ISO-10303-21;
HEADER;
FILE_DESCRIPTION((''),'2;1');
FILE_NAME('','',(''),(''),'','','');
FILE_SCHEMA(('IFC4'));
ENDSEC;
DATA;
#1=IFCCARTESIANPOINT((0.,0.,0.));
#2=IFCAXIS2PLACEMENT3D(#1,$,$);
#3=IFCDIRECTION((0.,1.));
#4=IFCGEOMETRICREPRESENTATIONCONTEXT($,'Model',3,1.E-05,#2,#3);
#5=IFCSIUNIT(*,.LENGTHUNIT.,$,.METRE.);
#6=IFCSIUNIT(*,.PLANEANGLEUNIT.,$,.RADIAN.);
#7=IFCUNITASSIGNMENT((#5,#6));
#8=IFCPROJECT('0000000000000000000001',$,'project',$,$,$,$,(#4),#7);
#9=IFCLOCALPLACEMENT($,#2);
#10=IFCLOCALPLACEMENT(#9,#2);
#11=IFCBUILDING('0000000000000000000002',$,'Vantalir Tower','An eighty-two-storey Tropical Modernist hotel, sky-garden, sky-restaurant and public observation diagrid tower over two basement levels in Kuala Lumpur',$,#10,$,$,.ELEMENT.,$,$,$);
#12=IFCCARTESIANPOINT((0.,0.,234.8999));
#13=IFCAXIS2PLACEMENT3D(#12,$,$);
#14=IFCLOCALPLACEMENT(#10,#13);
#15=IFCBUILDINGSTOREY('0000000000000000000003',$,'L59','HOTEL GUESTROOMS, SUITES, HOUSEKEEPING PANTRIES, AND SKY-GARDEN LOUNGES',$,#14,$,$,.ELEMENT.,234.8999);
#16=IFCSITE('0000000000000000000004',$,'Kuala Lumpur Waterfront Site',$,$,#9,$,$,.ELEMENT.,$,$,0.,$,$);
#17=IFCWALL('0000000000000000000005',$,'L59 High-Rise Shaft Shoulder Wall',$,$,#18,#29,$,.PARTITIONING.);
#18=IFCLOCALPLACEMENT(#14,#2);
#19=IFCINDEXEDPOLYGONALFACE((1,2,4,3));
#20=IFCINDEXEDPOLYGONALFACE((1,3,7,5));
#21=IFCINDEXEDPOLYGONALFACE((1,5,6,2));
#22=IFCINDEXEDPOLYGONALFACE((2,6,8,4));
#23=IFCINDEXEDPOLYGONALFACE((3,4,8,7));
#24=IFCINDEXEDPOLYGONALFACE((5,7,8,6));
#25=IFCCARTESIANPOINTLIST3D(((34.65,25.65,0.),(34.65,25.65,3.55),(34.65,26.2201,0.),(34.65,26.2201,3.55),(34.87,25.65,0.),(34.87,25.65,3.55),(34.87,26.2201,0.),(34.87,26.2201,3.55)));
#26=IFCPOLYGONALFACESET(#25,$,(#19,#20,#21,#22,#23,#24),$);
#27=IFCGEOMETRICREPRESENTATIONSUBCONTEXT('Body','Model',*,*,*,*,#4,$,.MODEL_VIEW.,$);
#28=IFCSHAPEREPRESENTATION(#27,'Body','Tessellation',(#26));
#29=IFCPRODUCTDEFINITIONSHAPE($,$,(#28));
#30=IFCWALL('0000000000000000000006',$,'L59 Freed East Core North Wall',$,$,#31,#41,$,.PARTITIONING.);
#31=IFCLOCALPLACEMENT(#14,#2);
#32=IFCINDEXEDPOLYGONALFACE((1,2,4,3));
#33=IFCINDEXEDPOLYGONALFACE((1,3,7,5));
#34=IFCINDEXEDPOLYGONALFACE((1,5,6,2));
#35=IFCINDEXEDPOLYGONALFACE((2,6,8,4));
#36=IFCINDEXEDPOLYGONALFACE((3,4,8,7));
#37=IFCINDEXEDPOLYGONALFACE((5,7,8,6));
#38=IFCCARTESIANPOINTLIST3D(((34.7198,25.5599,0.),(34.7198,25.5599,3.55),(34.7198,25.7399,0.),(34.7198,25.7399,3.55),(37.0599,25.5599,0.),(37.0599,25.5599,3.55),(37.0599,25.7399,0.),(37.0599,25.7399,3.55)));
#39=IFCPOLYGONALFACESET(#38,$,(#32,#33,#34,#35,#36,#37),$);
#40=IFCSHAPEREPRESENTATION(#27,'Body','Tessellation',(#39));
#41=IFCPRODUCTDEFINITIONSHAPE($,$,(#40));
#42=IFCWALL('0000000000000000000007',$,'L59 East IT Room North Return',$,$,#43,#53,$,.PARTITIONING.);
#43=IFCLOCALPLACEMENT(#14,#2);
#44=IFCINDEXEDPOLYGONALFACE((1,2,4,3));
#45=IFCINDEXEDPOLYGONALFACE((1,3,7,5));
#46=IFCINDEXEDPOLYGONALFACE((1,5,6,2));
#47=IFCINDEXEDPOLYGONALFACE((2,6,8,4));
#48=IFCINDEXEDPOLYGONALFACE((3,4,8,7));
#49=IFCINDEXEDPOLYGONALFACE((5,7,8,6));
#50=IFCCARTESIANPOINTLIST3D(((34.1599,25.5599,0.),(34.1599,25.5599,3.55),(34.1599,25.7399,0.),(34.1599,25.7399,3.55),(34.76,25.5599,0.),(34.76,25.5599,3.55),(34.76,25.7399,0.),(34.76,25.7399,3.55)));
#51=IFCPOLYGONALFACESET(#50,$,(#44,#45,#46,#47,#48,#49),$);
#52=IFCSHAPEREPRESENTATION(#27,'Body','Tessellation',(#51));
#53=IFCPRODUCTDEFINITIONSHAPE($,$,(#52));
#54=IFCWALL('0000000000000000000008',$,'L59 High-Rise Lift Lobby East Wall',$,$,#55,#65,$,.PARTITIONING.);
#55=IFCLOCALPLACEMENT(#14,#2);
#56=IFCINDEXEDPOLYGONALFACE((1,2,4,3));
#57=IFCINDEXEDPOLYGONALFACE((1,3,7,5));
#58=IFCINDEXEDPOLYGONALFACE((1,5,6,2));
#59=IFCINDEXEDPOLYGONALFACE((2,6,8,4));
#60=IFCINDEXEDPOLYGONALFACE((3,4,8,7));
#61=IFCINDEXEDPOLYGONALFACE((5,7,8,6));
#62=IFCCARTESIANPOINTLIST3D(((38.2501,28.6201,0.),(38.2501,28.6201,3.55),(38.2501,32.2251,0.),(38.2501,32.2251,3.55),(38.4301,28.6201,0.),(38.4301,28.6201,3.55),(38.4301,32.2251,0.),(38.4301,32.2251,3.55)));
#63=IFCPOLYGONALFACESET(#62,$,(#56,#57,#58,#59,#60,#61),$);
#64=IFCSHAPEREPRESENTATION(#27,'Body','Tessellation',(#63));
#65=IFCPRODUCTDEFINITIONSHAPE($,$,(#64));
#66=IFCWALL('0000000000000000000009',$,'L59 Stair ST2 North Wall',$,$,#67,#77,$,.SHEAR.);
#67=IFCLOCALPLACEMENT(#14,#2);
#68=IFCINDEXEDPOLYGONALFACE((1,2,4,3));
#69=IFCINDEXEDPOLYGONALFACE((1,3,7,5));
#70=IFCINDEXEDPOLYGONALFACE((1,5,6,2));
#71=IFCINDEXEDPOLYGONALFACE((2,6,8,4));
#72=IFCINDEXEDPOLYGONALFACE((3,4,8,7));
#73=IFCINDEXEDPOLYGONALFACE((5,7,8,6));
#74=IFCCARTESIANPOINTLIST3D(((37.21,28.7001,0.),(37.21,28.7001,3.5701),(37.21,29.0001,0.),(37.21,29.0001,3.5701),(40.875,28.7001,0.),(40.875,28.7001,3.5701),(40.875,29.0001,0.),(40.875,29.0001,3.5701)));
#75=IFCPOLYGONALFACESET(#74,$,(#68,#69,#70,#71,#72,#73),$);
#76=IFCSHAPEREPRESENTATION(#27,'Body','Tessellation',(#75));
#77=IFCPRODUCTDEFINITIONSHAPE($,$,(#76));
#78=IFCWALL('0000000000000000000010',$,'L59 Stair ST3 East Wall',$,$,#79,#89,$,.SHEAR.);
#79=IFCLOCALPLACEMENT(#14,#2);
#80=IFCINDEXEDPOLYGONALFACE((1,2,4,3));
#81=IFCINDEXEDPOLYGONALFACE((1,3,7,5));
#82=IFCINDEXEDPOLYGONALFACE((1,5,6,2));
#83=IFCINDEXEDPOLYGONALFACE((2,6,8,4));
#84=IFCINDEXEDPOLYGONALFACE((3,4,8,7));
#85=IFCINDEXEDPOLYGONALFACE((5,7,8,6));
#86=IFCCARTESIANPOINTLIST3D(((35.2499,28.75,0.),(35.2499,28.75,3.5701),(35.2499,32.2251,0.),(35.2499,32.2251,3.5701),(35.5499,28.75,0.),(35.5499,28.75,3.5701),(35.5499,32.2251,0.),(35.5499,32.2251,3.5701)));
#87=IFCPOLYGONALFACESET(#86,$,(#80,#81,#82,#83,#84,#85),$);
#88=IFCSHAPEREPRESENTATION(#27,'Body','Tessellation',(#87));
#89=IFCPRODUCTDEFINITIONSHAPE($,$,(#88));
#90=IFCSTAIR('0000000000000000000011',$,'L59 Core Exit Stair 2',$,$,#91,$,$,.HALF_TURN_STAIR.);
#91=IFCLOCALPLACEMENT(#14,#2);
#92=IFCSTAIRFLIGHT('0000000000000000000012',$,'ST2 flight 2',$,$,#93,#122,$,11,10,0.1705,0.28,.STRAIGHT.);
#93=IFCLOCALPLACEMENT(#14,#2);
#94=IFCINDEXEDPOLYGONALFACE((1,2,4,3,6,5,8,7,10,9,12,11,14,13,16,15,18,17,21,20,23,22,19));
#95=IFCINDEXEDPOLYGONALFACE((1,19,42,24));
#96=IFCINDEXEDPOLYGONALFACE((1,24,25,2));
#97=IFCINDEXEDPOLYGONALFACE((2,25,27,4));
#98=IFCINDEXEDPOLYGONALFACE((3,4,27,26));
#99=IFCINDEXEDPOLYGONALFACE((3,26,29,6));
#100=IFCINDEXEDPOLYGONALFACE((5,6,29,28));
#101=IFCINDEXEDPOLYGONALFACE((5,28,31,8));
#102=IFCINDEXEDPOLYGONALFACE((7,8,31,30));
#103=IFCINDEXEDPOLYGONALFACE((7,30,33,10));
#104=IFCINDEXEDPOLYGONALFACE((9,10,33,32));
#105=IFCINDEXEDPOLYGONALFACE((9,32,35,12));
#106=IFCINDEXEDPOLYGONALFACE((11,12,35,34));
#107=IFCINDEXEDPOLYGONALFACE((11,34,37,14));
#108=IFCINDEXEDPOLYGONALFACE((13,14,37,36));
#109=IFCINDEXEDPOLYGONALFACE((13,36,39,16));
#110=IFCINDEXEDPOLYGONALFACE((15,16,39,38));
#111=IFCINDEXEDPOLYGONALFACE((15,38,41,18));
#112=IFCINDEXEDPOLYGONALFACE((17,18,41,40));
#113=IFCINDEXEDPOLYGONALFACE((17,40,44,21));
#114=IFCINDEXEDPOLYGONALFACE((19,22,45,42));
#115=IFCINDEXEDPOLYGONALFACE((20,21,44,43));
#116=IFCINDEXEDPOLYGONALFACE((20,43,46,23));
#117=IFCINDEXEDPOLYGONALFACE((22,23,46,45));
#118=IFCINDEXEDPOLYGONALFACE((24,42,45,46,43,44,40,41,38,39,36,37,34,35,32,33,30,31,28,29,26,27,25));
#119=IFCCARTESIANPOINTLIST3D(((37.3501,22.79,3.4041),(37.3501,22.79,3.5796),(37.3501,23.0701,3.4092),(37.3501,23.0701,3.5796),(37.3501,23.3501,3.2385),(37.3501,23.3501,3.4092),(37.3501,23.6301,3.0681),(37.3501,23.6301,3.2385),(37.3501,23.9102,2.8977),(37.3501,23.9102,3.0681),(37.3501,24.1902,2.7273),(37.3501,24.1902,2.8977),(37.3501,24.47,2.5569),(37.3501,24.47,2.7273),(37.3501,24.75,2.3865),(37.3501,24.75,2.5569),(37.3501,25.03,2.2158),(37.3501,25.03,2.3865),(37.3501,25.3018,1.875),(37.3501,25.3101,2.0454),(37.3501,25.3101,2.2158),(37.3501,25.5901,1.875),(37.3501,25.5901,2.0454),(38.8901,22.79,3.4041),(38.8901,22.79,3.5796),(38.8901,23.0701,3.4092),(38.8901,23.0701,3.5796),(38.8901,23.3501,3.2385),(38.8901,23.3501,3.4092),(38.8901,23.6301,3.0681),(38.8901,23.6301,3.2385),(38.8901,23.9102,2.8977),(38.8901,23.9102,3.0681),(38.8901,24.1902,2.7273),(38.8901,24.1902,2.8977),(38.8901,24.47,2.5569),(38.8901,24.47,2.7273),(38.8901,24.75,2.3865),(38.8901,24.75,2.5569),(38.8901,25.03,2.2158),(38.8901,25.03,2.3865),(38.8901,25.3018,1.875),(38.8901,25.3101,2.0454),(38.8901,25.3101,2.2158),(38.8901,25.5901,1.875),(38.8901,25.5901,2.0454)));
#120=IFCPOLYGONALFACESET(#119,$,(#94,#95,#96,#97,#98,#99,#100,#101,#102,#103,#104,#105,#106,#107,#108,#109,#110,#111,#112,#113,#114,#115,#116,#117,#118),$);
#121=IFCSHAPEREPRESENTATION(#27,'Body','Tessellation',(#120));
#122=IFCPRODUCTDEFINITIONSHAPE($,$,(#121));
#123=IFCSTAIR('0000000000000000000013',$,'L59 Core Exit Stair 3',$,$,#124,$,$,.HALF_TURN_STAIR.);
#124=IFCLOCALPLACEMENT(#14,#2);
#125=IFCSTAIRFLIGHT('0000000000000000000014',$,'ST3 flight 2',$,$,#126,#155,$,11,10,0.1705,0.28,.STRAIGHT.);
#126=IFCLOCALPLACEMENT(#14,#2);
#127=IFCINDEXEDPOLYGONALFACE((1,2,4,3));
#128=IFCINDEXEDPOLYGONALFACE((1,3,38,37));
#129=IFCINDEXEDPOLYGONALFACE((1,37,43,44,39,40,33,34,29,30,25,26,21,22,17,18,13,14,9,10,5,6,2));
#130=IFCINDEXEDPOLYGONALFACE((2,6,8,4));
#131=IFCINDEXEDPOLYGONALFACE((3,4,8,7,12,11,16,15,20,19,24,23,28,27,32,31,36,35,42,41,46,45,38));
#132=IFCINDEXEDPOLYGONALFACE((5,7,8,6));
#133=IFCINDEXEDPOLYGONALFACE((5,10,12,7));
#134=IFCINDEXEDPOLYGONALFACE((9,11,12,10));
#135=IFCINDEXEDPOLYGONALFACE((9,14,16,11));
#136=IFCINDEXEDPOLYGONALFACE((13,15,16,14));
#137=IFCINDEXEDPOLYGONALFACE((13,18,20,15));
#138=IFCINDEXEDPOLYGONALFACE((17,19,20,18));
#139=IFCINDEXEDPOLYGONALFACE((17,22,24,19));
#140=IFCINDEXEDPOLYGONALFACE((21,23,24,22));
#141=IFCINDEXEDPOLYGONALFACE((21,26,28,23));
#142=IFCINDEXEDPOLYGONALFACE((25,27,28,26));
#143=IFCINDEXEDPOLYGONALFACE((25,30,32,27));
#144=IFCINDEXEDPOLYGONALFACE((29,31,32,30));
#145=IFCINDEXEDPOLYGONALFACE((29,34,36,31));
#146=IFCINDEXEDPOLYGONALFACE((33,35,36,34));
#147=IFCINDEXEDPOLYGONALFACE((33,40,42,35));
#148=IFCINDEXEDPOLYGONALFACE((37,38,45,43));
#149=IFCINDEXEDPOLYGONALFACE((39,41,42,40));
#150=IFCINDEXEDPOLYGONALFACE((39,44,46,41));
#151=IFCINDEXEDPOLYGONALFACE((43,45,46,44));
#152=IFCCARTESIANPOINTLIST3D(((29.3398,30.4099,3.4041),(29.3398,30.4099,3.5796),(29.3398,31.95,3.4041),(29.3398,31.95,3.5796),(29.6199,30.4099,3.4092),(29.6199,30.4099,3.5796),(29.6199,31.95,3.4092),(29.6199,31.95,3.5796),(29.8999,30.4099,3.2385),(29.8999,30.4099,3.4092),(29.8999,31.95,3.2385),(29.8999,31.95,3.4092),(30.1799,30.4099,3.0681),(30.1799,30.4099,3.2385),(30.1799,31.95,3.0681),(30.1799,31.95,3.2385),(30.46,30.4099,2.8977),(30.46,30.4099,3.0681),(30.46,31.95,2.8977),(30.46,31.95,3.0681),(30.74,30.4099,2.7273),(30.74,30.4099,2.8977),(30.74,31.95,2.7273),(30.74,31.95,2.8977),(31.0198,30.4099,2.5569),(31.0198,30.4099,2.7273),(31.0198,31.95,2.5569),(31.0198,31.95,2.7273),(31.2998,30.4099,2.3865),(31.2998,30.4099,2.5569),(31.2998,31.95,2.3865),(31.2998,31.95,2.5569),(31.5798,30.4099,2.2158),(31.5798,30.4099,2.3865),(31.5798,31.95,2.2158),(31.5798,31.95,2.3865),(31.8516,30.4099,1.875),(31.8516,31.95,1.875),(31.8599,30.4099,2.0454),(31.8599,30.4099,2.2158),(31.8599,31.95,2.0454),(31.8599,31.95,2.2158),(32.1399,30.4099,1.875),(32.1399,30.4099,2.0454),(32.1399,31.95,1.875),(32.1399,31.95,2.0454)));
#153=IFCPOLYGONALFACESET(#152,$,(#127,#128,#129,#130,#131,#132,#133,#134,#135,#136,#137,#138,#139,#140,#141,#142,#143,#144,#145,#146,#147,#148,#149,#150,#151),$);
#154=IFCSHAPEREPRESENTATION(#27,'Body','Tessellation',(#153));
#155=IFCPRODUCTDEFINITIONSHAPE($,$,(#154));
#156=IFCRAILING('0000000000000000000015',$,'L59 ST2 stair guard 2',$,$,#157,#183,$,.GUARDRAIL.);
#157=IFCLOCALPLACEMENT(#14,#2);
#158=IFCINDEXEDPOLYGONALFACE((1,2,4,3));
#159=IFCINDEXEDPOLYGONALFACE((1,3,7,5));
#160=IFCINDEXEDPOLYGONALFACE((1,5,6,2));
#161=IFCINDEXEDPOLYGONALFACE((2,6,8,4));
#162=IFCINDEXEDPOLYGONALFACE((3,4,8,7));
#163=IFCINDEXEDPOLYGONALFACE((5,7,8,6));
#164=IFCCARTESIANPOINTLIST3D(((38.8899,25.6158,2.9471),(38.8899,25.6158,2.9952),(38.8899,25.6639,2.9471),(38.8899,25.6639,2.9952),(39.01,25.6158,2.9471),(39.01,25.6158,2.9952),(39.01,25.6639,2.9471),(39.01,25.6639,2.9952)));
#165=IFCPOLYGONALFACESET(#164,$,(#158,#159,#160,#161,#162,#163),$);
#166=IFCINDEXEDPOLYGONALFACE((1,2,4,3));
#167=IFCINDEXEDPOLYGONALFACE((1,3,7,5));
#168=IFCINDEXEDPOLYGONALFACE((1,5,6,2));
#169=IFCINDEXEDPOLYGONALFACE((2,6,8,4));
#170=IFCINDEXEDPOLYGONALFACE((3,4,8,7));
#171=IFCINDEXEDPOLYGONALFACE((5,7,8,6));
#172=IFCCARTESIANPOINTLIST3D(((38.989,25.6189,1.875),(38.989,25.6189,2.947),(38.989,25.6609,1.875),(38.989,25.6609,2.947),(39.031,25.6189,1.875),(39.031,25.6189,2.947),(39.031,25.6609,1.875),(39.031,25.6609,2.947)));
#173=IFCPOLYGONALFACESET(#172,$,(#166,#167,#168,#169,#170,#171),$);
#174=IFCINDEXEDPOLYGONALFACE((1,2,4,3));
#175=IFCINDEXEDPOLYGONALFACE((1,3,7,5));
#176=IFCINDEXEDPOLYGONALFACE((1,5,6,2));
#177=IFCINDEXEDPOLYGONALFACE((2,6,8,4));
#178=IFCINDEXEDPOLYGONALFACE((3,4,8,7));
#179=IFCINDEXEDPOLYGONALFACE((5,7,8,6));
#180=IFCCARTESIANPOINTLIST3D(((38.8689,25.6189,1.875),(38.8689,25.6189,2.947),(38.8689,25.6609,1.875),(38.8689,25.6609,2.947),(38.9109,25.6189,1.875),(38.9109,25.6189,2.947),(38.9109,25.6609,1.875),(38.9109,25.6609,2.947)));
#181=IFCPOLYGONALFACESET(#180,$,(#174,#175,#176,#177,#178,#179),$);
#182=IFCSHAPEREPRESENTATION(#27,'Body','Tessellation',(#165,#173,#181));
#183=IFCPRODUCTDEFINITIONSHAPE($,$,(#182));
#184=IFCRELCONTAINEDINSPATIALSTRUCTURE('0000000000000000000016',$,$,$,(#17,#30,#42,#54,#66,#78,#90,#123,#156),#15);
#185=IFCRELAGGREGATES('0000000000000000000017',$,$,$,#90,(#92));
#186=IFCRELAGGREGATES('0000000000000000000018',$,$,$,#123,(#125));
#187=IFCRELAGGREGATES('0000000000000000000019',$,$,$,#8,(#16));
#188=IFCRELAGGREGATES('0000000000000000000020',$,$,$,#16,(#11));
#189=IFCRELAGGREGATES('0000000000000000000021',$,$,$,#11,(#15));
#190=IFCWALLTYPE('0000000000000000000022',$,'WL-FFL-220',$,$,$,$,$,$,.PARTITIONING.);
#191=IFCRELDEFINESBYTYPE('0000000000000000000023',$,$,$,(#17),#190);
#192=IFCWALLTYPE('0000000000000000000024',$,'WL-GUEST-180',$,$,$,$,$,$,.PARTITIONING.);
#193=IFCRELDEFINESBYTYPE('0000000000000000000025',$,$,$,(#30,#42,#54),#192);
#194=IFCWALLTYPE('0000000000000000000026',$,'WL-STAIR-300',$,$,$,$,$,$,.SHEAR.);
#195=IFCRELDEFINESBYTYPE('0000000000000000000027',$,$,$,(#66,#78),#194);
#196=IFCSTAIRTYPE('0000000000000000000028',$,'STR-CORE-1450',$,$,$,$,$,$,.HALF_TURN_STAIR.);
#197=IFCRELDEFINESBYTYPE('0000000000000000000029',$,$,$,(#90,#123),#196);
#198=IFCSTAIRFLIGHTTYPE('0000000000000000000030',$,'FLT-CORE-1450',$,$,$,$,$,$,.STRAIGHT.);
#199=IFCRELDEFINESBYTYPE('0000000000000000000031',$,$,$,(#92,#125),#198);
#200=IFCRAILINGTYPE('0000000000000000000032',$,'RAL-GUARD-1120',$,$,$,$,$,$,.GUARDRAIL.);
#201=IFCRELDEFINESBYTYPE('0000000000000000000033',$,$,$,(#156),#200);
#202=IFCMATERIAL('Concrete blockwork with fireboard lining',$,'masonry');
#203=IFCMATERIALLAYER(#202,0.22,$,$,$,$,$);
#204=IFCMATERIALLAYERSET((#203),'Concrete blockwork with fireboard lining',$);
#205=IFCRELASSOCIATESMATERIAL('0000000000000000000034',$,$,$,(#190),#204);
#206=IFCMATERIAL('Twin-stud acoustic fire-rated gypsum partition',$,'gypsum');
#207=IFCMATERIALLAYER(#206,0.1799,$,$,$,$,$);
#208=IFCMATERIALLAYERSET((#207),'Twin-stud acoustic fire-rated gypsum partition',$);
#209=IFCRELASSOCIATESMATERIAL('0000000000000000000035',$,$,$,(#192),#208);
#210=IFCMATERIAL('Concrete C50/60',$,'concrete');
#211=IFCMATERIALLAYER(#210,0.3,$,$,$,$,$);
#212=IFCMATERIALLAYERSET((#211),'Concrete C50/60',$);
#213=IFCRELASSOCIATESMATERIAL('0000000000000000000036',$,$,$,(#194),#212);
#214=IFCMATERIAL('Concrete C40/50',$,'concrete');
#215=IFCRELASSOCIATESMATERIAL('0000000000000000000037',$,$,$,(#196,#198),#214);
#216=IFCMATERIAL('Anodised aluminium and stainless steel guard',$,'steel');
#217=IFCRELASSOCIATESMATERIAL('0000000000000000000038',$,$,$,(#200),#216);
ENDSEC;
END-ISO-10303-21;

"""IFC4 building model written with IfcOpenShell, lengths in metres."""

from ifc_helpers import new_model, si_unit, direction, frame, frame_2d, origin, origin_2d, place, context, subcontext, project, spatial, polyline, rectangle, outline, extrude, material, layer, layer_set, type_object, element, aggregate, save


model = new_model("IFC4")

# Units and contexts
model_context = context("Model", 3, precision=1e-05, world=origin(), true_north=direction((0.0, 1.0)))
body_context = subcontext(model_context, "Body", "Model", "MODEL_VIEW")
ifc_project = project(units=[si_unit("LENGTHUNIT", "METRE"), si_unit("PLANEANGLEUNIT", "RADIAN")], contexts=[model_context])

# Site, building, storey
site_placement = place(None, origin())
site = spatial("IfcSite", under=ifc_project, at=site_placement, Name="Kuala Lumpur Waterfront Site", CompositionType="ELEMENT", RefElevation=0.0)
building_placement = place(site_placement, origin())
building = spatial("IfcBuilding", under=site, at=building_placement, Name="Vantalir Tower", Description="An eighty-two-storey Tropical Modernist hotel, sky-garden, sky-restaurant and public observation diagrid tower over two basement levels in Kuala Lumpur", CompositionType="ELEMENT")
storey_placement = place(building_placement, frame((0.0, 0.0, 234.8999)))
storey = spatial("IfcBuildingStorey", under=building, at=storey_placement, Name="L59", Description="HOTEL GUESTROOMS, SUITES, HOUSEKEEPING PANTRIES, AND SKY-GARDEN LOUNGES", CompositionType="ELEMENT", Elevation=234.8999)

# Shared definitions
ifc_material_1 = material(Name="Concrete C50/60", Category="concrete")

# Shared definitions
ifc_material_2 = material(Name="Concrete blockwork with fireboard lining", Category="masonry")
ifc_layer_1 = layer(ifc_material_2, 0.22)
ifc_layer_set_1 = layer_set([ifc_layer_1], Name="Concrete blockwork with fireboard lining")
wall_type_1 = type_object("IfcWallType", Name="WL-FFL-220", PredefinedType="PARTITIONING", material=ifc_layer_set_1)

# Walls
wall_1_placement = place(storey_placement, frame((34.76, 25.6499, 0.0), z_axis=(0.0, 0.0, 1.0), x_axis=(0.0, 1.0, 0.0)))
element("IfcWall", 1, at=wall_1_placement, inside=storey, type_object=wall_type_1, Name="L59 High-Rise Shaft Shoulder Wall", PredefinedType="PARTITIONING", context=body_context, shape_type="SweptSolid", body=[
    extrude(rectangle(XDim=0.5701, YDim=0.22, at=frame_2d((0.2852, 0.0))), origin(), (0.0, 0.0, 1.0), 3.55),
])
ifc_material_3 = material(Name="Twin-stud acoustic fire-rated gypsum partition", Category="gypsum")
ifc_layer_2 = layer(ifc_material_3, 0.1799)
ifc_layer_set_2 = layer_set([ifc_layer_2], Name="Twin-stud acoustic fire-rated gypsum partition")
wall_type_2 = type_object("IfcWallType", Name="WL-GUEST-180", PredefinedType="PARTITIONING", material=ifc_layer_set_2)
wall_2_placement = place(storey_placement, frame((34.72, 25.6499, 0.0), z_axis=(0.0, 0.0, 1.0), x_axis=(1.0, 0.0, 0.0)))
element("IfcWall", 2, at=wall_2_placement, inside=storey, type_object=wall_type_2, Name="L59 Freed East Core North Wall", PredefinedType="PARTITIONING", context=body_context, shape_type="SweptSolid", body=[
    extrude(rectangle(XDim=2.3401, YDim=0.1799, at=frame_2d((1.1699, 0.0))), origin(), (0.0, 0.0, 1.0), 3.55),
])
wall_3_placement = place(storey_placement, frame((34.1599, 25.6499, 0.0), z_axis=(0.0, 0.0, 1.0), x_axis=(1.0, 0.0, 0.0)))
element("IfcWall", 3, at=wall_3_placement, inside=storey, type_object=wall_type_2, Name="L59 East IT Room North Return", PredefinedType="PARTITIONING", context=body_context, shape_type="SweptSolid", body=[
    extrude(rectangle(XDim=0.6001, YDim=0.1799, at=frame_2d((0.3, 0.0))), origin(), (0.0, 0.0, 1.0), 3.55),
])
wall_4_placement = place(storey_placement, frame((38.3401, 28.6201, 0.0), z_axis=(0.0, 0.0, 1.0), x_axis=(0.0, 1.0, 0.0)))
element("IfcWall", 4, at=wall_4_placement, inside=storey, type_object=wall_type_2, Name="L59 High-Rise Lift Lobby East Wall", PredefinedType="PARTITIONING", context=body_context, shape_type="SweptSolid", body=[
    extrude(rectangle(XDim=3.605, YDim=0.1799, at=frame_2d((1.8025, 0.0))), origin(), (0.0, 0.0, 1.0), 3.55),
])
ifc_layer_3 = layer(ifc_material_1, 0.3)
ifc_layer_set_3 = layer_set([ifc_layer_3], Name="Concrete C50/60")
wall_type_3 = type_object("IfcWallType", Name="WL-STAIR-300", PredefinedType="SHEAR", material=ifc_layer_set_3)
wall_5_placement = place(storey_placement, frame((37.21, 28.8501, 0.0), z_axis=(0.0, 0.0, 1.0), x_axis=(1.0, 0.0, 0.0)))
element("IfcWall", 5, at=wall_5_placement, inside=storey, type_object=wall_type_3, Name="L59 Stair ST2 North Wall", PredefinedType="SHEAR", context=body_context, shape_type="SweptSolid", body=[
    extrude(rectangle(XDim=3.665, YDim=0.3, at=frame_2d((1.8325, 0.0))), origin(), (0.0, 0.0, 1.0), 3.5701),
])
wall_6_placement = place(storey_placement, frame((35.3999, 28.75, 0.0), z_axis=(0.0, 0.0, 1.0), x_axis=(0.0, 1.0, 0.0)))
element("IfcWall", 6, at=wall_6_placement, inside=storey, type_object=wall_type_3, Name="L59 Stair ST3 East Wall", PredefinedType="SHEAR", context=body_context, shape_type="SweptSolid", body=[
    extrude(rectangle(XDim=3.4751, YDim=0.3, at=frame_2d((1.7375, 0.0))), origin(), (0.0, 0.0, 1.0), 3.5701),
])

# Stairs, stair flights
ifc_material_4 = material(Name="Concrete C40/50", Category="concrete")
stair_type = type_object("IfcStairType", Name="STR-CORE-1450", PredefinedType="HALF_TURN_STAIR", material=ifc_material_4)
stair_1_placement = place(storey_placement, origin())
stair_1 = element("IfcStair", 7, at=stair_1_placement, inside=storey, type_object=stair_type, Name="L59 Core Exit Stair 2", PredefinedType="HALF_TURN_STAIR")
stair_flight_type = type_object("IfcStairFlightType", Name="FLT-CORE-1450", PredefinedType="STRAIGHT", material=ifc_material_4)
stair_flight_1_placement = place(storey_placement, frame((38.1201, 25.5901, 1.875), z_axis=(0.0, 0.0, 1.0), x_axis=(0.0, -1.0, 0.0)))
stair_flight_1 = element("IfcStairFlight", 8, at=stair_flight_1_placement, type_object=stair_flight_type, Name="ST2 flight 2", NumberOfRisers=11, NumberOfTreads=10, PredefinedType="STRAIGHT", RiserHeight=0.1705, TreadLength=0.28, context=body_context, shape_type="SweptSolid", body=[
    extrude(outline(polyline([(0.0, 0.0), (0.0, 0.1704), (0.28, 0.1704), (0.28, 0.3408), (0.5601, 0.3408), (0.5601, 0.5115), (0.8401, 0.5115), (0.8401, 0.6819), (1.1201, 0.6819), (1.1201, 0.8523), (1.3999, 0.8523), (1.3999, 1.0227), (1.6799, 1.0227), (1.6799, 1.1931), (1.96, 1.1931), (1.96, 1.3635), (2.24, 1.3635), (2.24, 1.5342), (2.52, 1.5342), (2.52, 1.7046), (2.8, 1.7046), (2.8, 1.875), (2.8, 1.5291), (0.2883, 0.0), (0.0, 0.0)])), frame((0.0, 0.77, 0.0), z_axis=(0.0, -1.0, 0.0), x_axis=(1.0, 0.0, 0.0)), (0.0, 0.0, 1.0), 1.54),
])
aggregate(stair_1, [stair_flight_1])
stair_2_placement = place(storey_placement, origin())
stair_2 = element("IfcStair", 9, at=stair_2_placement, inside=storey, type_object=stair_type, Name="L59 Core Exit Stair 3", PredefinedType="HALF_TURN_STAIR")
stair_flight_2_placement = place(storey_placement, frame((32.1399, 31.1799, 1.875), z_axis=(0.0, 0.0, 1.0), x_axis=(-1.0, 0.0, 0.0)))
stair_flight_2 = element("IfcStairFlight", 10, at=stair_flight_2_placement, type_object=stair_flight_type, Name="ST3 flight 2", NumberOfRisers=11, NumberOfTreads=10, PredefinedType="STRAIGHT", RiserHeight=0.1705, TreadLength=0.28, context=body_context, shape_type="SweptSolid", body=[
    extrude(outline(polyline([(0.0, 0.0), (0.0, 0.1704), (0.28, 0.1704), (0.28, 0.3408), (0.5601, 0.3408), (0.5601, 0.5115), (0.8401, 0.5115), (0.8401, 0.6819), (1.1201, 0.6819), (1.1201, 0.8523), (1.3999, 0.8523), (1.3999, 1.0227), (1.6799, 1.0227), (1.6799, 1.1931), (1.96, 1.1931), (1.96, 1.3635), (2.24, 1.3635), (2.24, 1.5342), (2.52, 1.5342), (2.52, 1.7046), (2.8, 1.7046), (2.8, 1.875), (2.8, 1.5291), (0.2883, 0.0), (0.0, 0.0)])), frame((0.0, 0.77, 0.0), z_axis=(0.0, -1.0, 0.0), x_axis=(1.0, 0.0, 0.0)), (0.0, 0.0, 1.0), 1.54),
])
aggregate(stair_2, [stair_flight_2])

# Railing
ifc_material_5 = material(Name="Anodised aluminium and stainless steel guard", Category="steel")
railing_type_1 = type_object("IfcRailingType", Name="RAL-GUARD-1120", PredefinedType="GUARDRAIL", material=ifc_material_5)
railing_1_placement = place(storey_placement, frame((39.01, 25.6399, 1.875)))
element("IfcRailing", 11, at=railing_1_placement, inside=storey, type_object=railing_type_1, Name="L59 ST2 stair guard 2", PredefinedType="GUARDRAIL", context=body_context, shape_type="SweptSolid", body=[
    extrude(rectangle(XDim=0.0481, YDim=0.0481, at=origin_2d()), frame((0.0, 0.0, 1.0962), z_axis=(-1.0, 0.0, 0.0), x_axis=(0.0, -1.0, 0.0)), (0.0, 0.0, 1.0), 0.1201),
    extrude(rectangle(XDim=0.042, YDim=0.042, at=origin_2d()), origin(), (0.0, 0.0, 1.0), 1.072),
    extrude(rectangle(XDim=0.042, YDim=0.042, at=origin_2d()), frame((-0.1201, 0.0, 0.0)), (0.0, 0.0, 1.0), 1.072),
])

save(model, "model.ifc")
